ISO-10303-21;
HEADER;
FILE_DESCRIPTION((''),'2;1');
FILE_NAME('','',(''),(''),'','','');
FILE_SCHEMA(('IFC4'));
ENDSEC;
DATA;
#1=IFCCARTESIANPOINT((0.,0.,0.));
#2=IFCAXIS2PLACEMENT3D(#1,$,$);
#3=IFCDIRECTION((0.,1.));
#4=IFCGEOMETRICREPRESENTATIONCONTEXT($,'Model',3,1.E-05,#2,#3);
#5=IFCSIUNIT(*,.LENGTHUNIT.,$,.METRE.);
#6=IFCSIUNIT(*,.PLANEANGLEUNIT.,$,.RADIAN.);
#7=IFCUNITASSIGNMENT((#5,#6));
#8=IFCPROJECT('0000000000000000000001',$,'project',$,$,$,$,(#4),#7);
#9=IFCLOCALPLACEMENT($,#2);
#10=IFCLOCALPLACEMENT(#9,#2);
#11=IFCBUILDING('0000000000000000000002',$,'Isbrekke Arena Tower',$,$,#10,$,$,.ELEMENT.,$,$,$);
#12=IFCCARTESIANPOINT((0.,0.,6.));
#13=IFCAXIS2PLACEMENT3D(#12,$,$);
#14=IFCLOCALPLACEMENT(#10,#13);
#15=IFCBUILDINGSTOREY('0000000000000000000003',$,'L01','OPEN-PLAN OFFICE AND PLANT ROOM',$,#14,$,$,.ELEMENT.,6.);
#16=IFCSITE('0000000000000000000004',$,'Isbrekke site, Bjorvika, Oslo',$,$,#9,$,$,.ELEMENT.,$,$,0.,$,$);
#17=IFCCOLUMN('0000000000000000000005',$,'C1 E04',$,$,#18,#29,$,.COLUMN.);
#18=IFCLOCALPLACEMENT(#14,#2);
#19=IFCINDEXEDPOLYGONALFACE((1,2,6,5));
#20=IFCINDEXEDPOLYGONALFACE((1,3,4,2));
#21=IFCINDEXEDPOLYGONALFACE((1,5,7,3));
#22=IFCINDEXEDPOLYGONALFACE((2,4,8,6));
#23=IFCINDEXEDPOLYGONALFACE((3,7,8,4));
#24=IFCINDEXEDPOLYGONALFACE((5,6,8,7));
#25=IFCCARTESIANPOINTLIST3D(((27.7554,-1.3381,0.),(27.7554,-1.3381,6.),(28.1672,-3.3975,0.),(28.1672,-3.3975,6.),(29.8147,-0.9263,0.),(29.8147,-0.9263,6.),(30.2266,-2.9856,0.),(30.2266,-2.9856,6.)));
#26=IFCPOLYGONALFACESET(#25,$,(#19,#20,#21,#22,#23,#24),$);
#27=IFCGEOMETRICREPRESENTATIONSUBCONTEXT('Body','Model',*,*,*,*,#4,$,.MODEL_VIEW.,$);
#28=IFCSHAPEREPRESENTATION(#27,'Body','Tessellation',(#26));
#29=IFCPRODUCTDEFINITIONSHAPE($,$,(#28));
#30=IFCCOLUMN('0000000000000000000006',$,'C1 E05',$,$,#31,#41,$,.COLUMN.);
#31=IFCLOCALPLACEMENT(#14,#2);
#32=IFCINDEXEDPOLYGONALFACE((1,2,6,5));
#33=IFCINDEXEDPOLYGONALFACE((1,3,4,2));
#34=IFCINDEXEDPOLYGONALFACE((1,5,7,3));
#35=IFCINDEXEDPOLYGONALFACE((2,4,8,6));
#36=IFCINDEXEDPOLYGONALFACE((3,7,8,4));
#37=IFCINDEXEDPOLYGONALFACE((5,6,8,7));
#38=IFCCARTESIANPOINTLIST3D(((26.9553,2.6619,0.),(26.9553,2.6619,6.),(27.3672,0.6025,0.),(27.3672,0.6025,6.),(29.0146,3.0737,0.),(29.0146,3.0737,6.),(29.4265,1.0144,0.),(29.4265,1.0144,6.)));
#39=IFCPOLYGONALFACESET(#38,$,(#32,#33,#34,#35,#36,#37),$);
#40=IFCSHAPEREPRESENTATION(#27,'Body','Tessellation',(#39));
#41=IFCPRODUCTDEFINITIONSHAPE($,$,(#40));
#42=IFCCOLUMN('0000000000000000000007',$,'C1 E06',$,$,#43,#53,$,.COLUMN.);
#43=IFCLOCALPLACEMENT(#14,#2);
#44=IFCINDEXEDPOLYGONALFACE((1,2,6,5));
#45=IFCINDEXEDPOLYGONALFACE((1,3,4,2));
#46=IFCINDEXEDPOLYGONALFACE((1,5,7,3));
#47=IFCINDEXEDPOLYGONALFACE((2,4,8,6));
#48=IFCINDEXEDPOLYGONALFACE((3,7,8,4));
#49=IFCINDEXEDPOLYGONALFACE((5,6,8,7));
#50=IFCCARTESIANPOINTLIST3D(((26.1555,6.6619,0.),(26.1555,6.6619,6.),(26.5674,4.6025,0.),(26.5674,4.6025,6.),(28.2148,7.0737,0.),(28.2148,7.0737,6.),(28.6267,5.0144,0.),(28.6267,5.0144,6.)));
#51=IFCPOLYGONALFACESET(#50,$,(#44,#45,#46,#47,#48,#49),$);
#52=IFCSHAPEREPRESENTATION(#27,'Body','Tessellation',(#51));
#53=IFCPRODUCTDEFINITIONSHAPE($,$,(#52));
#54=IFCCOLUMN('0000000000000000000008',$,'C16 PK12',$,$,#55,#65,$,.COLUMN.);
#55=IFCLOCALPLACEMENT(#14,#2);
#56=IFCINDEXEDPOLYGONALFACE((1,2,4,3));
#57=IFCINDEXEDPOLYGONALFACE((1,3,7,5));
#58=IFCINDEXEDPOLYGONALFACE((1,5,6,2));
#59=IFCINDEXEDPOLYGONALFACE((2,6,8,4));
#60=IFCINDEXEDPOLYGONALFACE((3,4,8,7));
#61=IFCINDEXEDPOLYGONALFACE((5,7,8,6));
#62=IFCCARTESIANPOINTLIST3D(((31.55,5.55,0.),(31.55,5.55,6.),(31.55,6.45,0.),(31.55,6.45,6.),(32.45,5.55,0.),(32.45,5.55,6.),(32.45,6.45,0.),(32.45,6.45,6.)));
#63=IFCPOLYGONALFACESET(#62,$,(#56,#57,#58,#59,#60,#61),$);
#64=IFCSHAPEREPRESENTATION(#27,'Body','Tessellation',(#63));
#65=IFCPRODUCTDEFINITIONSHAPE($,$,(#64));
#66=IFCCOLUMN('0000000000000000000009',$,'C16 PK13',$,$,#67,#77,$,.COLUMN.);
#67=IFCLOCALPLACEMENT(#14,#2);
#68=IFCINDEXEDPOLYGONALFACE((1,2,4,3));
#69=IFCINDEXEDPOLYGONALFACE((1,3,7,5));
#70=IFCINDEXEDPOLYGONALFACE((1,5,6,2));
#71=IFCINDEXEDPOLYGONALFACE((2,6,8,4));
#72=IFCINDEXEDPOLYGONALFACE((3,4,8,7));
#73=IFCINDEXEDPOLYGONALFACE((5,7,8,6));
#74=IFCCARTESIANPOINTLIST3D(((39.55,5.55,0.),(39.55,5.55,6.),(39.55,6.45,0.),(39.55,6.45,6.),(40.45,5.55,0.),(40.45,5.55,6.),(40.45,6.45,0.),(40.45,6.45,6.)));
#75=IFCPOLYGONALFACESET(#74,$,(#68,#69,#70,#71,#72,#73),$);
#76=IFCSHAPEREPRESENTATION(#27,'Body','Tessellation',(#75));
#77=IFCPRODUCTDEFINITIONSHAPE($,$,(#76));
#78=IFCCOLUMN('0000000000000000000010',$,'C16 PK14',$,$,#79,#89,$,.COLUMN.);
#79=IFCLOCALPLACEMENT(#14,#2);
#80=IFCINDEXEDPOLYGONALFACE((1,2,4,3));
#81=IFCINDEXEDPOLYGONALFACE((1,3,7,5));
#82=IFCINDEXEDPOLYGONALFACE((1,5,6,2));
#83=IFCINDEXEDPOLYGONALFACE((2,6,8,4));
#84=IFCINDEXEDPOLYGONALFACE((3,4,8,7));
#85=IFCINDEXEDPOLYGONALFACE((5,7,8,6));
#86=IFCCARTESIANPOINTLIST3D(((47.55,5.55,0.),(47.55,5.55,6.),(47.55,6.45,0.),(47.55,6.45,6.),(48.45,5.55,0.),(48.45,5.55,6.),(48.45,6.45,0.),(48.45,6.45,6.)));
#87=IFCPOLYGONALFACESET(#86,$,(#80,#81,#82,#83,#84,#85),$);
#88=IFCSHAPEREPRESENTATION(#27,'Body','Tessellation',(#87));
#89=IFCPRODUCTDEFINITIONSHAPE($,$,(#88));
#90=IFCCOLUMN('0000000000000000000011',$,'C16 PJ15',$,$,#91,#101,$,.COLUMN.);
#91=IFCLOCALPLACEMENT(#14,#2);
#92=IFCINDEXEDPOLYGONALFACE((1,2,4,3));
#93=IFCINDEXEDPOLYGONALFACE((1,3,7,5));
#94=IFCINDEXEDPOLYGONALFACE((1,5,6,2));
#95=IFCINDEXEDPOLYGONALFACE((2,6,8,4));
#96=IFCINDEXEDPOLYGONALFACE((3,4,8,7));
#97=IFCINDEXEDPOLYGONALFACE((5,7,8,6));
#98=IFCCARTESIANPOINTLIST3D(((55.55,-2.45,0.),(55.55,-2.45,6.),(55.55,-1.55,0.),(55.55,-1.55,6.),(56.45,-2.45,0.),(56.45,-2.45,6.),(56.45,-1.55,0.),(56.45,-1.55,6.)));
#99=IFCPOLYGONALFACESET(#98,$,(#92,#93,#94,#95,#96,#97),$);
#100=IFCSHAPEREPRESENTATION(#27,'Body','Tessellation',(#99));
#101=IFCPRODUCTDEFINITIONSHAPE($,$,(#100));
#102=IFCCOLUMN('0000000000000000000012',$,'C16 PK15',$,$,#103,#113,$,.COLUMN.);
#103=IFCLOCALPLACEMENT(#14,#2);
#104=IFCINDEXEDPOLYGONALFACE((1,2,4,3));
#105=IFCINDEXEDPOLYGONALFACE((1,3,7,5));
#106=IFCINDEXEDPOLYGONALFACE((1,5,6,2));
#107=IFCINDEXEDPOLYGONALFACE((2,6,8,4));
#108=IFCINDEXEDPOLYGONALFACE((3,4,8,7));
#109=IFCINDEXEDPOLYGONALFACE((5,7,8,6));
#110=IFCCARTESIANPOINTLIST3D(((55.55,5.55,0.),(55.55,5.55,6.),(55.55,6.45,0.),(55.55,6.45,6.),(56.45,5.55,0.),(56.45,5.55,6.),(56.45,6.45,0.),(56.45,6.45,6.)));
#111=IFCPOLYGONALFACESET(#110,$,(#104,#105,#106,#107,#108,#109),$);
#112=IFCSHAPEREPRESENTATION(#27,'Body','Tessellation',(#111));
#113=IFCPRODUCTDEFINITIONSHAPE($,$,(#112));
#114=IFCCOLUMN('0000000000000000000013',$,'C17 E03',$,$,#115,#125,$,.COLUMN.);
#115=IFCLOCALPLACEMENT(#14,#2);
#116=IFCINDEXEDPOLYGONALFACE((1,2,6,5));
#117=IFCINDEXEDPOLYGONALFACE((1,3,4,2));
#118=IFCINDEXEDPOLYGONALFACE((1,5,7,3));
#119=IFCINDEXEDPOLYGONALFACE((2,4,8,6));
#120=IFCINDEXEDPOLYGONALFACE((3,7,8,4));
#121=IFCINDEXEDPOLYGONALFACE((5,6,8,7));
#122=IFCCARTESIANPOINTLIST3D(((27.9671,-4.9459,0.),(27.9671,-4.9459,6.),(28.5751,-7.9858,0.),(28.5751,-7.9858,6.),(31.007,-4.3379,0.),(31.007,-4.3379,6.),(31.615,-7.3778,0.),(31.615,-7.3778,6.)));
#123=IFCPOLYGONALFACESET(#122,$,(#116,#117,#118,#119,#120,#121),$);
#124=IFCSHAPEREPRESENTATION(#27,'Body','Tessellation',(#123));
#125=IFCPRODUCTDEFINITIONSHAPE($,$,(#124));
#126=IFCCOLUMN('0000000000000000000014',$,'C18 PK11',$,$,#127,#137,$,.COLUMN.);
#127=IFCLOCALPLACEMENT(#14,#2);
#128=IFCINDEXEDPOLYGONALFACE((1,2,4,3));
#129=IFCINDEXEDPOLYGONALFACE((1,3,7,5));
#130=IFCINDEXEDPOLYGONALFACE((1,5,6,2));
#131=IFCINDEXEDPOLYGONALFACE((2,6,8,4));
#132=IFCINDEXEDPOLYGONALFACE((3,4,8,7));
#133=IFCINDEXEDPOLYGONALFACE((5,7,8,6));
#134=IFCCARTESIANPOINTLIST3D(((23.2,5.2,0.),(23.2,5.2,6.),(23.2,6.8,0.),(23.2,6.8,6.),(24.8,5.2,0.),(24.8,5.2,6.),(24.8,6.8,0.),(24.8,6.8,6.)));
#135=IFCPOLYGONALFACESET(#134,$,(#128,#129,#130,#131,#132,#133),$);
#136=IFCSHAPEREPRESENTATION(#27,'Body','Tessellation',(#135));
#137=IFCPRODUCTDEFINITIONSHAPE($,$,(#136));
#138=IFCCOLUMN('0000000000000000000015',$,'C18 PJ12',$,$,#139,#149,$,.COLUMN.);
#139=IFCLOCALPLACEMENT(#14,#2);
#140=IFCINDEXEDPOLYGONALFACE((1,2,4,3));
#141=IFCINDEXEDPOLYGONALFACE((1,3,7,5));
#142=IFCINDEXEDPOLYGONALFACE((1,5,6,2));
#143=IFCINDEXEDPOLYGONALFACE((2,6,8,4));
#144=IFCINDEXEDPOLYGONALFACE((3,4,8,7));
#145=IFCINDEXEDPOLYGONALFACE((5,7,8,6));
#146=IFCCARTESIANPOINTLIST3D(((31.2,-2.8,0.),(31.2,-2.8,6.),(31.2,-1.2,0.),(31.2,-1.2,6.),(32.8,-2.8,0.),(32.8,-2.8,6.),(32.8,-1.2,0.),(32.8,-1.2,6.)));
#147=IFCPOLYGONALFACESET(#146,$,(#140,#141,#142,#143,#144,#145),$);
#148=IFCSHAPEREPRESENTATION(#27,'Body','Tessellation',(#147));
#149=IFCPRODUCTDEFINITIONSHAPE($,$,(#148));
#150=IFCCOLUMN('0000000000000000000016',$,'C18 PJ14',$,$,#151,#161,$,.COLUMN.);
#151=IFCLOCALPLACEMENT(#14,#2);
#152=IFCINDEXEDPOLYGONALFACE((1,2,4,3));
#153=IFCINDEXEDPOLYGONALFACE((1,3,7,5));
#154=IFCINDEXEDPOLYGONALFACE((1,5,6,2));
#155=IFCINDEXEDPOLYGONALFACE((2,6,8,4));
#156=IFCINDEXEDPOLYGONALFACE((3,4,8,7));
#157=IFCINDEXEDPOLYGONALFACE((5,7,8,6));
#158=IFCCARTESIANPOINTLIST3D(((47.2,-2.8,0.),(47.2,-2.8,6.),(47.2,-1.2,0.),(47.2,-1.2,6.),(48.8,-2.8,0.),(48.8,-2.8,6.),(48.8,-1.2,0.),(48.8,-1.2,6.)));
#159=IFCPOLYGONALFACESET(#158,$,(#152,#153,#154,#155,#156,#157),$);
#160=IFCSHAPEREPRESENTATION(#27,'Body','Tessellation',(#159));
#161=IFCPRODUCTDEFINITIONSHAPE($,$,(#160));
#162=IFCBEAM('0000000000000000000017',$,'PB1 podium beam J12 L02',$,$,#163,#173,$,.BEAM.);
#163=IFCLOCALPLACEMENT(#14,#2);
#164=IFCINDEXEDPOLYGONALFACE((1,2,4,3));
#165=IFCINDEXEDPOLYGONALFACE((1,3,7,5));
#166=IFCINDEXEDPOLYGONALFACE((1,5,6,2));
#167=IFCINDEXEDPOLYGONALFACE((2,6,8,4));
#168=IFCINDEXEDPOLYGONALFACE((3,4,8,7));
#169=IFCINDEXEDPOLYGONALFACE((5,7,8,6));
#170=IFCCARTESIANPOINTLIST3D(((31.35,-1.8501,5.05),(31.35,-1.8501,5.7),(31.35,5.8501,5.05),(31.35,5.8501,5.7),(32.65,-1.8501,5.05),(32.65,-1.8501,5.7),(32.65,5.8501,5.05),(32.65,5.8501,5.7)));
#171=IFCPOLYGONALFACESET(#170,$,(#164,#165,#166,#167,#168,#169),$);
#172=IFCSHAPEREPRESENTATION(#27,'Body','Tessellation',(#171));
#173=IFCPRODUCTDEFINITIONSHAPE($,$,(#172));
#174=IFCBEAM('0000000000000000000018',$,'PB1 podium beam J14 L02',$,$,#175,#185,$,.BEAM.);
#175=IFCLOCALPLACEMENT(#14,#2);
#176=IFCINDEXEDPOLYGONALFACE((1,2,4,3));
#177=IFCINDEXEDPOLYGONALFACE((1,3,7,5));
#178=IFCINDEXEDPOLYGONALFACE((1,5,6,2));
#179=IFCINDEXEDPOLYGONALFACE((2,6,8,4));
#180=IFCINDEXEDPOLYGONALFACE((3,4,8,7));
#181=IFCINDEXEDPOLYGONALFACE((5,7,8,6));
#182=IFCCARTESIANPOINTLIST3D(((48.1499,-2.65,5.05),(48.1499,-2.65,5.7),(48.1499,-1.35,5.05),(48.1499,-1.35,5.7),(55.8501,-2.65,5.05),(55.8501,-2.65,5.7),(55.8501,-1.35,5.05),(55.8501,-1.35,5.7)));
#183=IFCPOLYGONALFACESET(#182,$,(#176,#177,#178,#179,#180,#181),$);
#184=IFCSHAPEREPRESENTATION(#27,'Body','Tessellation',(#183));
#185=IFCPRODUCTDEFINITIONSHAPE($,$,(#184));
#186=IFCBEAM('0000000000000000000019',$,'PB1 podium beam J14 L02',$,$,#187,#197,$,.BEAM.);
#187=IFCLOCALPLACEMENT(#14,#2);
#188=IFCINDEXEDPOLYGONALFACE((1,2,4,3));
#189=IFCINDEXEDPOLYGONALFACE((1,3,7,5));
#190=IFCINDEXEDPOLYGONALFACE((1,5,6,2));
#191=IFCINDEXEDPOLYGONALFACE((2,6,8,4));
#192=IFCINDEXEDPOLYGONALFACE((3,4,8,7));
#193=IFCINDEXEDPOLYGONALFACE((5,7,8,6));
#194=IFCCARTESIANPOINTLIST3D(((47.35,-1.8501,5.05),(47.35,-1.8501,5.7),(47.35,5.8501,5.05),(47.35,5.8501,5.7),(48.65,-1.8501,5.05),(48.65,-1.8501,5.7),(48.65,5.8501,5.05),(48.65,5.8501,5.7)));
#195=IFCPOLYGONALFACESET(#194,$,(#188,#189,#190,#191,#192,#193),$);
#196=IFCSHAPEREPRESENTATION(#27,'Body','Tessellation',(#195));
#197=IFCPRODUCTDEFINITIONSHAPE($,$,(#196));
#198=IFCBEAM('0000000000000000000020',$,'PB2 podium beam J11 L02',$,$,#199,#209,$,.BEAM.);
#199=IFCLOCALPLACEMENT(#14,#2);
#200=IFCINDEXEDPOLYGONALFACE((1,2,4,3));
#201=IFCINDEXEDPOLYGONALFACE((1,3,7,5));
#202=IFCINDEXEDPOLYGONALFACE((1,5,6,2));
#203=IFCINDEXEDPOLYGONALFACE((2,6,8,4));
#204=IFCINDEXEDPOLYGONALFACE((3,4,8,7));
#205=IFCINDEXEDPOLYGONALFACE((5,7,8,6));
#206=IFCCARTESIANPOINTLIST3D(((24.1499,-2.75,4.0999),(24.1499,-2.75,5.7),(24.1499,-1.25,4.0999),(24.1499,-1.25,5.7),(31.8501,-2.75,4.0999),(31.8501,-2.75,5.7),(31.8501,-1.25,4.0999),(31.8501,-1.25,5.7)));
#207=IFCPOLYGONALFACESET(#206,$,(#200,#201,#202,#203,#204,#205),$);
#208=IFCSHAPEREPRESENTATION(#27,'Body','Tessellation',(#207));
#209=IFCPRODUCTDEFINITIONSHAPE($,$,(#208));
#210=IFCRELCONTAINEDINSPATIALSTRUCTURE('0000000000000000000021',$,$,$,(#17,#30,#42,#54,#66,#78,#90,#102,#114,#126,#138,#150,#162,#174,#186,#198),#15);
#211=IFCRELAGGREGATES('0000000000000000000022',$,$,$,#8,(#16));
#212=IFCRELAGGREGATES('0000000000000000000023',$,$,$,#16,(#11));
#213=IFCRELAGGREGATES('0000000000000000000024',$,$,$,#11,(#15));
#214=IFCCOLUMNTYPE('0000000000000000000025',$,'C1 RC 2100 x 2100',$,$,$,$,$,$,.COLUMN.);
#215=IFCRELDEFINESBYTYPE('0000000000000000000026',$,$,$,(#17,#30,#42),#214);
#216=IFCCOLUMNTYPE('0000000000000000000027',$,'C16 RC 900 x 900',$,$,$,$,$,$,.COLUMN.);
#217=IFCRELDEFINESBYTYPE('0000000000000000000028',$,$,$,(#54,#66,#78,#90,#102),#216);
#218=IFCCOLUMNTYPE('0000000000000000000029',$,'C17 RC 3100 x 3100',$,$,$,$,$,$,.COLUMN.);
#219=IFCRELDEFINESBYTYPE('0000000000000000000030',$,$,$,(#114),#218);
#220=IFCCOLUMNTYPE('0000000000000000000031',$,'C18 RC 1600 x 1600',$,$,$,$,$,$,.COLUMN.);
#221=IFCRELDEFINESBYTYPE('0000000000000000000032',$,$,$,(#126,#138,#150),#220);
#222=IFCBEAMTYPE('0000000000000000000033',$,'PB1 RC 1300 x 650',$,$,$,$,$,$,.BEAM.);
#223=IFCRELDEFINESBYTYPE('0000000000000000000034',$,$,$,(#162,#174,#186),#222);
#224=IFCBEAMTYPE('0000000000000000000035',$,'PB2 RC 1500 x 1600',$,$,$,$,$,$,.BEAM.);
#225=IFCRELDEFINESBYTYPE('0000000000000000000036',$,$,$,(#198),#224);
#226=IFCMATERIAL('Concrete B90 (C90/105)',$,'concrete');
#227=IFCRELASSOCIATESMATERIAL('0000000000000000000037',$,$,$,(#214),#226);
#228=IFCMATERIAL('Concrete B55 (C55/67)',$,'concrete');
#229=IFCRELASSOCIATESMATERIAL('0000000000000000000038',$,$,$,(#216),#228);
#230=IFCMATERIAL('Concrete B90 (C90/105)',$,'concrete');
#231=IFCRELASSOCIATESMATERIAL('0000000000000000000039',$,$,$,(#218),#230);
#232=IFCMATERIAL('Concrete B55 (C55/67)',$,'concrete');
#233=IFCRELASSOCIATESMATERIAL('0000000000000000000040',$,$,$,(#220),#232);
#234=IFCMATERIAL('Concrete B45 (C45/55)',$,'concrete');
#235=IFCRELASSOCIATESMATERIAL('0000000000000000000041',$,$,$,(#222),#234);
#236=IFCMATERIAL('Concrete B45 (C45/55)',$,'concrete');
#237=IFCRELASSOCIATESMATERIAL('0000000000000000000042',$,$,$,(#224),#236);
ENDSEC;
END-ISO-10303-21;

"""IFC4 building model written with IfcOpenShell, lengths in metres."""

from ifc_helpers import new_model, si_unit, direction, frame, origin, origin_2d, place, context, subcontext, project, spatial, rectangle, extrude, material, material_profile, profile_set, type_object, element, save


model = new_model("IFC4")

# Units and contexts
model_context = context("Model", 3, precision=1e-05, world=origin(), true_north=direction((0.0, 1.0)))
body_context = subcontext(model_context, "Body", "Model", "MODEL_VIEW")
ifc_project = project(units=[si_unit("LENGTHUNIT", "METRE"), si_unit("PLANEANGLEUNIT", "RADIAN")], contexts=[model_context])

# Site, building, storey
site_placement = place(None, origin())
site = spatial("IfcSite", under=ifc_project, at=site_placement, Name="Isbrekke site, Bjorvika, Oslo", CompositionType="ELEMENT", RefElevation=0.0)
building_placement = place(site_placement, origin())
building = spatial("IfcBuilding", under=site, at=building_placement, Name="Isbrekke Arena Tower", CompositionType="ELEMENT")
storey_placement = place(building_placement, frame((0.0, 0.0, 6.0)))
storey = spatial("IfcBuildingStorey", under=building, at=storey_placement, Name="L01", Description="OPEN-PLAN OFFICE AND PLANT ROOM", CompositionType="ELEMENT", Elevation=6.0)

# Columns
ifc_material_1 = material(Name="Concrete B90 (C90/105)", Category="concrete")
ifc_material_profile_1 = material_profile(ifc_material_1, rectangle(XDim=2.1001, YDim=2.1001, at=origin_2d()), Name="RC 2100x2100")
ifc_profile_set_1 = profile_set([ifc_material_profile_1], Name="Concrete B90 (C90/105)")
column_type_1 = type_object("IfcColumnType", Name="C1 RC 2100 x 2100", PredefinedType="COLUMN", material=ifc_profile_set_1)
for number, where, z_axis, x_axis, name in (
    (1, (28.991, -2.1619, 0.0), (0.0, 0.0, 1.0), (-0.196116, 0.980581, 0.0), "C1 E04"),
    (2, (28.1909, 1.8381, 0.0), (0.0, 0.0, 1.0), (-0.196116, 0.980581, 0.0), "C1 E05"),
    (3, (27.3911, 5.8381, 0.0), (0.0, 0.0, 1.0), (-0.196116, 0.980581, 0.0), "C1 E06"),
):
    element("IfcColumn", number, at=place(storey_placement, frame(where, z_axis=z_axis, x_axis=x_axis)), inside=storey, type_object=column_type_1, Name=name, PredefinedType="COLUMN", context=body_context, shape_type="SweptSolid", body=[
        extrude(rectangle(XDim=2.1001, YDim=2.1001, at=origin_2d()), origin(), (0.0, 0.0, 1.0), 6.0),
    ])
ifc_material_2 = material(Name="Concrete B55 (C55/67)", Category="concrete")
ifc_material_profile_2 = material_profile(ifc_material_2, rectangle(XDim=0.8999, YDim=0.8999, at=origin_2d()), Name="RC 900x900")
ifc_profile_set_2 = profile_set([ifc_material_profile_2], Name="Concrete B55 (C55/67)")
column_type_2 = type_object("IfcColumnType", Name="C16 RC 900 x 900", PredefinedType="COLUMN", material=ifc_profile_set_2)
for number, where, z_axis, x_axis, name in (
    (4, (32.0, 6.0, 0.0), (0.0, 0.0, 1.0), (1.0, 0.0, 0.0), "C16 PK12"),
    (5, (40.0, 6.0, 0.0), (0.0, 0.0, 1.0), (1.0, 0.0, 0.0), "C16 PK13"),
    (6, (48.0, 6.0, 0.0), (0.0, 0.0, 1.0), (1.0, 0.0, 0.0), "C16 PK14"),
    (7, (56.0, -2.0, 0.0), (0.0, 0.0, 1.0), (1.0, 0.0, 0.0), "C16 PJ15"),
    (8, (56.0, 6.0, 0.0), (0.0, 0.0, 1.0), (1.0, 0.0, 0.0), "C16 PK15"),
):
    element("IfcColumn", number, at=place(storey_placement, frame(where, z_axis=z_axis, x_axis=x_axis)), inside=storey, type_object=column_type_2, Name=name, PredefinedType="COLUMN", context=body_context, shape_type="SweptSolid", body=[
        extrude(rectangle(XDim=0.8999, YDim=0.8999, at=origin_2d()), origin(), (0.0, 0.0, 1.0), 6.0),
    ])
ifc_material_3 = material(Name="Concrete B90 (C90/105)", Category="concrete")
ifc_material_profile_3 = material_profile(ifc_material_3, rectangle(XDim=3.1001, YDim=3.1001, at=origin_2d()), Name="RC 3100x3100")
ifc_profile_set_3 = profile_set([ifc_material_profile_3], Name="Concrete B90 (C90/105)")
column_type_3 = type_object("IfcColumnType", Name="C17 RC 3100 x 3100", PredefinedType="COLUMN", material=ifc_profile_set_3)
column_placement = place(storey_placement, frame((29.791, -6.1619, 0.0), z_axis=(0.0, 0.0, 1.0), x_axis=(-0.196116, 0.980581, 0.0)))
element("IfcColumn", 9, at=column_placement, inside=storey, type_object=column_type_3, Name="C17 E03", PredefinedType="COLUMN", context=body_context, shape_type="SweptSolid", body=[
    extrude(rectangle(XDim=3.1001, YDim=3.1001, at=origin_2d()), origin(), (0.0, 0.0, 1.0), 6.0),
])
ifc_material_4 = material(Name="Concrete B55 (C55/67)", Category="concrete")
ifc_material_profile_4 = material_profile(ifc_material_4, rectangle(XDim=1.6001, YDim=1.6001, at=origin_2d()), Name="RC 1600x1600")
ifc_profile_set_4 = profile_set([ifc_material_profile_4], Name="Concrete B55 (C55/67)")
column_type_4 = type_object("IfcColumnType", Name="C18 RC 1600 x 1600", PredefinedType="COLUMN", material=ifc_profile_set_4)
for number, where, z_axis, x_axis, name in (
    (10, (24.0, 6.0, 0.0), (0.0, 0.0, 1.0), (1.0, 0.0, 0.0), "C18 PK11"),
    (11, (32.0, -2.0, 0.0), (0.0, 0.0, 1.0), (1.0, 0.0, 0.0), "C18 PJ12"),
    (12, (48.0, -2.0, 0.0), (0.0, 0.0, 1.0), (1.0, 0.0, 0.0), "C18 PJ14"),
):
    element("IfcColumn", number, at=place(storey_placement, frame(where, z_axis=z_axis, x_axis=x_axis)), inside=storey, type_object=column_type_4, Name=name, PredefinedType="COLUMN", context=body_context, shape_type="SweptSolid", body=[
        extrude(rectangle(XDim=1.6001, YDim=1.6001, at=origin_2d()), origin(), (0.0, 0.0, 1.0), 6.0),
    ])

# Beams
ifc_material_5 = material(Name="Concrete B45 (C45/55)", Category="concrete")
ifc_material_profile_5 = material_profile(ifc_material_5, rectangle(XDim=1.3, YDim=0.6499, at=origin_2d()), Name="RC 1300x650")
ifc_profile_set_5 = profile_set([ifc_material_profile_5], Name="Concrete B45 (C45/55)")
beam_type_1 = type_object("IfcBeamType", Name="PB1 RC 1300 x 650", PredefinedType="BEAM", material=ifc_profile_set_5)
for number, where, z_axis, x_axis, name in (
    (13, (32.0, -1.8501, 5.375), (0.0, 1.0, 0.0), (-1.0, 0.0, 0.0), "PB1 podium beam J12 L02"),
    (14, (48.1499, -2.0, 5.375), (1.0, 0.0, 0.0), (0.0, 1.0, 0.0), "PB1 podium beam J14 L02"),
    (15, (48.0, -1.8501, 5.375), (0.0, 1.0, 0.0), (-1.0, 0.0, 0.0), "PB1 podium beam J14 L02"),
):
    element("IfcBeam", number, at=place(storey_placement, frame(where, z_axis=z_axis, x_axis=x_axis)), inside=storey, type_object=beam_type_1, Name=name, PredefinedType="BEAM", context=body_context, shape_type="SweptSolid", body=[
        extrude(rectangle(XDim=1.3, YDim=0.6499, at=origin_2d()), origin(), (0.0, 0.0, 1.0), 7.7002),
    ])
ifc_material_6 = material(Name="Concrete B45 (C45/55)", Category="concrete")
ifc_material_profile_6 = material_profile(ifc_material_6, rectangle(XDim=1.5, YDim=1.6001, at=origin_2d()), Name="RC 1500x1600")
ifc_profile_set_6 = profile_set([ifc_material_profile_6], Name="Concrete B45 (C45/55)")
beam_type_2 = type_object("IfcBeamType", Name="PB2 RC 1500 x 1600", PredefinedType="BEAM", material=ifc_profile_set_6)
beam_placement = place(storey_placement, frame((24.1499, -2.0, 4.8999), z_axis=(1.0, 0.0, 0.0), x_axis=(0.0, 1.0, 0.0)))
element("IfcBeam", 16, at=beam_placement, inside=storey, type_object=beam_type_2, Name="PB2 podium beam J11 L02", PredefinedType="BEAM", context=body_context, shape_type="SweptSolid", body=[
    extrude(rectangle(XDim=1.5, YDim=1.6001, at=origin_2d()), origin(), (0.0, 0.0, 1.0), 7.7002),
])

save(model, "model.ifc")
